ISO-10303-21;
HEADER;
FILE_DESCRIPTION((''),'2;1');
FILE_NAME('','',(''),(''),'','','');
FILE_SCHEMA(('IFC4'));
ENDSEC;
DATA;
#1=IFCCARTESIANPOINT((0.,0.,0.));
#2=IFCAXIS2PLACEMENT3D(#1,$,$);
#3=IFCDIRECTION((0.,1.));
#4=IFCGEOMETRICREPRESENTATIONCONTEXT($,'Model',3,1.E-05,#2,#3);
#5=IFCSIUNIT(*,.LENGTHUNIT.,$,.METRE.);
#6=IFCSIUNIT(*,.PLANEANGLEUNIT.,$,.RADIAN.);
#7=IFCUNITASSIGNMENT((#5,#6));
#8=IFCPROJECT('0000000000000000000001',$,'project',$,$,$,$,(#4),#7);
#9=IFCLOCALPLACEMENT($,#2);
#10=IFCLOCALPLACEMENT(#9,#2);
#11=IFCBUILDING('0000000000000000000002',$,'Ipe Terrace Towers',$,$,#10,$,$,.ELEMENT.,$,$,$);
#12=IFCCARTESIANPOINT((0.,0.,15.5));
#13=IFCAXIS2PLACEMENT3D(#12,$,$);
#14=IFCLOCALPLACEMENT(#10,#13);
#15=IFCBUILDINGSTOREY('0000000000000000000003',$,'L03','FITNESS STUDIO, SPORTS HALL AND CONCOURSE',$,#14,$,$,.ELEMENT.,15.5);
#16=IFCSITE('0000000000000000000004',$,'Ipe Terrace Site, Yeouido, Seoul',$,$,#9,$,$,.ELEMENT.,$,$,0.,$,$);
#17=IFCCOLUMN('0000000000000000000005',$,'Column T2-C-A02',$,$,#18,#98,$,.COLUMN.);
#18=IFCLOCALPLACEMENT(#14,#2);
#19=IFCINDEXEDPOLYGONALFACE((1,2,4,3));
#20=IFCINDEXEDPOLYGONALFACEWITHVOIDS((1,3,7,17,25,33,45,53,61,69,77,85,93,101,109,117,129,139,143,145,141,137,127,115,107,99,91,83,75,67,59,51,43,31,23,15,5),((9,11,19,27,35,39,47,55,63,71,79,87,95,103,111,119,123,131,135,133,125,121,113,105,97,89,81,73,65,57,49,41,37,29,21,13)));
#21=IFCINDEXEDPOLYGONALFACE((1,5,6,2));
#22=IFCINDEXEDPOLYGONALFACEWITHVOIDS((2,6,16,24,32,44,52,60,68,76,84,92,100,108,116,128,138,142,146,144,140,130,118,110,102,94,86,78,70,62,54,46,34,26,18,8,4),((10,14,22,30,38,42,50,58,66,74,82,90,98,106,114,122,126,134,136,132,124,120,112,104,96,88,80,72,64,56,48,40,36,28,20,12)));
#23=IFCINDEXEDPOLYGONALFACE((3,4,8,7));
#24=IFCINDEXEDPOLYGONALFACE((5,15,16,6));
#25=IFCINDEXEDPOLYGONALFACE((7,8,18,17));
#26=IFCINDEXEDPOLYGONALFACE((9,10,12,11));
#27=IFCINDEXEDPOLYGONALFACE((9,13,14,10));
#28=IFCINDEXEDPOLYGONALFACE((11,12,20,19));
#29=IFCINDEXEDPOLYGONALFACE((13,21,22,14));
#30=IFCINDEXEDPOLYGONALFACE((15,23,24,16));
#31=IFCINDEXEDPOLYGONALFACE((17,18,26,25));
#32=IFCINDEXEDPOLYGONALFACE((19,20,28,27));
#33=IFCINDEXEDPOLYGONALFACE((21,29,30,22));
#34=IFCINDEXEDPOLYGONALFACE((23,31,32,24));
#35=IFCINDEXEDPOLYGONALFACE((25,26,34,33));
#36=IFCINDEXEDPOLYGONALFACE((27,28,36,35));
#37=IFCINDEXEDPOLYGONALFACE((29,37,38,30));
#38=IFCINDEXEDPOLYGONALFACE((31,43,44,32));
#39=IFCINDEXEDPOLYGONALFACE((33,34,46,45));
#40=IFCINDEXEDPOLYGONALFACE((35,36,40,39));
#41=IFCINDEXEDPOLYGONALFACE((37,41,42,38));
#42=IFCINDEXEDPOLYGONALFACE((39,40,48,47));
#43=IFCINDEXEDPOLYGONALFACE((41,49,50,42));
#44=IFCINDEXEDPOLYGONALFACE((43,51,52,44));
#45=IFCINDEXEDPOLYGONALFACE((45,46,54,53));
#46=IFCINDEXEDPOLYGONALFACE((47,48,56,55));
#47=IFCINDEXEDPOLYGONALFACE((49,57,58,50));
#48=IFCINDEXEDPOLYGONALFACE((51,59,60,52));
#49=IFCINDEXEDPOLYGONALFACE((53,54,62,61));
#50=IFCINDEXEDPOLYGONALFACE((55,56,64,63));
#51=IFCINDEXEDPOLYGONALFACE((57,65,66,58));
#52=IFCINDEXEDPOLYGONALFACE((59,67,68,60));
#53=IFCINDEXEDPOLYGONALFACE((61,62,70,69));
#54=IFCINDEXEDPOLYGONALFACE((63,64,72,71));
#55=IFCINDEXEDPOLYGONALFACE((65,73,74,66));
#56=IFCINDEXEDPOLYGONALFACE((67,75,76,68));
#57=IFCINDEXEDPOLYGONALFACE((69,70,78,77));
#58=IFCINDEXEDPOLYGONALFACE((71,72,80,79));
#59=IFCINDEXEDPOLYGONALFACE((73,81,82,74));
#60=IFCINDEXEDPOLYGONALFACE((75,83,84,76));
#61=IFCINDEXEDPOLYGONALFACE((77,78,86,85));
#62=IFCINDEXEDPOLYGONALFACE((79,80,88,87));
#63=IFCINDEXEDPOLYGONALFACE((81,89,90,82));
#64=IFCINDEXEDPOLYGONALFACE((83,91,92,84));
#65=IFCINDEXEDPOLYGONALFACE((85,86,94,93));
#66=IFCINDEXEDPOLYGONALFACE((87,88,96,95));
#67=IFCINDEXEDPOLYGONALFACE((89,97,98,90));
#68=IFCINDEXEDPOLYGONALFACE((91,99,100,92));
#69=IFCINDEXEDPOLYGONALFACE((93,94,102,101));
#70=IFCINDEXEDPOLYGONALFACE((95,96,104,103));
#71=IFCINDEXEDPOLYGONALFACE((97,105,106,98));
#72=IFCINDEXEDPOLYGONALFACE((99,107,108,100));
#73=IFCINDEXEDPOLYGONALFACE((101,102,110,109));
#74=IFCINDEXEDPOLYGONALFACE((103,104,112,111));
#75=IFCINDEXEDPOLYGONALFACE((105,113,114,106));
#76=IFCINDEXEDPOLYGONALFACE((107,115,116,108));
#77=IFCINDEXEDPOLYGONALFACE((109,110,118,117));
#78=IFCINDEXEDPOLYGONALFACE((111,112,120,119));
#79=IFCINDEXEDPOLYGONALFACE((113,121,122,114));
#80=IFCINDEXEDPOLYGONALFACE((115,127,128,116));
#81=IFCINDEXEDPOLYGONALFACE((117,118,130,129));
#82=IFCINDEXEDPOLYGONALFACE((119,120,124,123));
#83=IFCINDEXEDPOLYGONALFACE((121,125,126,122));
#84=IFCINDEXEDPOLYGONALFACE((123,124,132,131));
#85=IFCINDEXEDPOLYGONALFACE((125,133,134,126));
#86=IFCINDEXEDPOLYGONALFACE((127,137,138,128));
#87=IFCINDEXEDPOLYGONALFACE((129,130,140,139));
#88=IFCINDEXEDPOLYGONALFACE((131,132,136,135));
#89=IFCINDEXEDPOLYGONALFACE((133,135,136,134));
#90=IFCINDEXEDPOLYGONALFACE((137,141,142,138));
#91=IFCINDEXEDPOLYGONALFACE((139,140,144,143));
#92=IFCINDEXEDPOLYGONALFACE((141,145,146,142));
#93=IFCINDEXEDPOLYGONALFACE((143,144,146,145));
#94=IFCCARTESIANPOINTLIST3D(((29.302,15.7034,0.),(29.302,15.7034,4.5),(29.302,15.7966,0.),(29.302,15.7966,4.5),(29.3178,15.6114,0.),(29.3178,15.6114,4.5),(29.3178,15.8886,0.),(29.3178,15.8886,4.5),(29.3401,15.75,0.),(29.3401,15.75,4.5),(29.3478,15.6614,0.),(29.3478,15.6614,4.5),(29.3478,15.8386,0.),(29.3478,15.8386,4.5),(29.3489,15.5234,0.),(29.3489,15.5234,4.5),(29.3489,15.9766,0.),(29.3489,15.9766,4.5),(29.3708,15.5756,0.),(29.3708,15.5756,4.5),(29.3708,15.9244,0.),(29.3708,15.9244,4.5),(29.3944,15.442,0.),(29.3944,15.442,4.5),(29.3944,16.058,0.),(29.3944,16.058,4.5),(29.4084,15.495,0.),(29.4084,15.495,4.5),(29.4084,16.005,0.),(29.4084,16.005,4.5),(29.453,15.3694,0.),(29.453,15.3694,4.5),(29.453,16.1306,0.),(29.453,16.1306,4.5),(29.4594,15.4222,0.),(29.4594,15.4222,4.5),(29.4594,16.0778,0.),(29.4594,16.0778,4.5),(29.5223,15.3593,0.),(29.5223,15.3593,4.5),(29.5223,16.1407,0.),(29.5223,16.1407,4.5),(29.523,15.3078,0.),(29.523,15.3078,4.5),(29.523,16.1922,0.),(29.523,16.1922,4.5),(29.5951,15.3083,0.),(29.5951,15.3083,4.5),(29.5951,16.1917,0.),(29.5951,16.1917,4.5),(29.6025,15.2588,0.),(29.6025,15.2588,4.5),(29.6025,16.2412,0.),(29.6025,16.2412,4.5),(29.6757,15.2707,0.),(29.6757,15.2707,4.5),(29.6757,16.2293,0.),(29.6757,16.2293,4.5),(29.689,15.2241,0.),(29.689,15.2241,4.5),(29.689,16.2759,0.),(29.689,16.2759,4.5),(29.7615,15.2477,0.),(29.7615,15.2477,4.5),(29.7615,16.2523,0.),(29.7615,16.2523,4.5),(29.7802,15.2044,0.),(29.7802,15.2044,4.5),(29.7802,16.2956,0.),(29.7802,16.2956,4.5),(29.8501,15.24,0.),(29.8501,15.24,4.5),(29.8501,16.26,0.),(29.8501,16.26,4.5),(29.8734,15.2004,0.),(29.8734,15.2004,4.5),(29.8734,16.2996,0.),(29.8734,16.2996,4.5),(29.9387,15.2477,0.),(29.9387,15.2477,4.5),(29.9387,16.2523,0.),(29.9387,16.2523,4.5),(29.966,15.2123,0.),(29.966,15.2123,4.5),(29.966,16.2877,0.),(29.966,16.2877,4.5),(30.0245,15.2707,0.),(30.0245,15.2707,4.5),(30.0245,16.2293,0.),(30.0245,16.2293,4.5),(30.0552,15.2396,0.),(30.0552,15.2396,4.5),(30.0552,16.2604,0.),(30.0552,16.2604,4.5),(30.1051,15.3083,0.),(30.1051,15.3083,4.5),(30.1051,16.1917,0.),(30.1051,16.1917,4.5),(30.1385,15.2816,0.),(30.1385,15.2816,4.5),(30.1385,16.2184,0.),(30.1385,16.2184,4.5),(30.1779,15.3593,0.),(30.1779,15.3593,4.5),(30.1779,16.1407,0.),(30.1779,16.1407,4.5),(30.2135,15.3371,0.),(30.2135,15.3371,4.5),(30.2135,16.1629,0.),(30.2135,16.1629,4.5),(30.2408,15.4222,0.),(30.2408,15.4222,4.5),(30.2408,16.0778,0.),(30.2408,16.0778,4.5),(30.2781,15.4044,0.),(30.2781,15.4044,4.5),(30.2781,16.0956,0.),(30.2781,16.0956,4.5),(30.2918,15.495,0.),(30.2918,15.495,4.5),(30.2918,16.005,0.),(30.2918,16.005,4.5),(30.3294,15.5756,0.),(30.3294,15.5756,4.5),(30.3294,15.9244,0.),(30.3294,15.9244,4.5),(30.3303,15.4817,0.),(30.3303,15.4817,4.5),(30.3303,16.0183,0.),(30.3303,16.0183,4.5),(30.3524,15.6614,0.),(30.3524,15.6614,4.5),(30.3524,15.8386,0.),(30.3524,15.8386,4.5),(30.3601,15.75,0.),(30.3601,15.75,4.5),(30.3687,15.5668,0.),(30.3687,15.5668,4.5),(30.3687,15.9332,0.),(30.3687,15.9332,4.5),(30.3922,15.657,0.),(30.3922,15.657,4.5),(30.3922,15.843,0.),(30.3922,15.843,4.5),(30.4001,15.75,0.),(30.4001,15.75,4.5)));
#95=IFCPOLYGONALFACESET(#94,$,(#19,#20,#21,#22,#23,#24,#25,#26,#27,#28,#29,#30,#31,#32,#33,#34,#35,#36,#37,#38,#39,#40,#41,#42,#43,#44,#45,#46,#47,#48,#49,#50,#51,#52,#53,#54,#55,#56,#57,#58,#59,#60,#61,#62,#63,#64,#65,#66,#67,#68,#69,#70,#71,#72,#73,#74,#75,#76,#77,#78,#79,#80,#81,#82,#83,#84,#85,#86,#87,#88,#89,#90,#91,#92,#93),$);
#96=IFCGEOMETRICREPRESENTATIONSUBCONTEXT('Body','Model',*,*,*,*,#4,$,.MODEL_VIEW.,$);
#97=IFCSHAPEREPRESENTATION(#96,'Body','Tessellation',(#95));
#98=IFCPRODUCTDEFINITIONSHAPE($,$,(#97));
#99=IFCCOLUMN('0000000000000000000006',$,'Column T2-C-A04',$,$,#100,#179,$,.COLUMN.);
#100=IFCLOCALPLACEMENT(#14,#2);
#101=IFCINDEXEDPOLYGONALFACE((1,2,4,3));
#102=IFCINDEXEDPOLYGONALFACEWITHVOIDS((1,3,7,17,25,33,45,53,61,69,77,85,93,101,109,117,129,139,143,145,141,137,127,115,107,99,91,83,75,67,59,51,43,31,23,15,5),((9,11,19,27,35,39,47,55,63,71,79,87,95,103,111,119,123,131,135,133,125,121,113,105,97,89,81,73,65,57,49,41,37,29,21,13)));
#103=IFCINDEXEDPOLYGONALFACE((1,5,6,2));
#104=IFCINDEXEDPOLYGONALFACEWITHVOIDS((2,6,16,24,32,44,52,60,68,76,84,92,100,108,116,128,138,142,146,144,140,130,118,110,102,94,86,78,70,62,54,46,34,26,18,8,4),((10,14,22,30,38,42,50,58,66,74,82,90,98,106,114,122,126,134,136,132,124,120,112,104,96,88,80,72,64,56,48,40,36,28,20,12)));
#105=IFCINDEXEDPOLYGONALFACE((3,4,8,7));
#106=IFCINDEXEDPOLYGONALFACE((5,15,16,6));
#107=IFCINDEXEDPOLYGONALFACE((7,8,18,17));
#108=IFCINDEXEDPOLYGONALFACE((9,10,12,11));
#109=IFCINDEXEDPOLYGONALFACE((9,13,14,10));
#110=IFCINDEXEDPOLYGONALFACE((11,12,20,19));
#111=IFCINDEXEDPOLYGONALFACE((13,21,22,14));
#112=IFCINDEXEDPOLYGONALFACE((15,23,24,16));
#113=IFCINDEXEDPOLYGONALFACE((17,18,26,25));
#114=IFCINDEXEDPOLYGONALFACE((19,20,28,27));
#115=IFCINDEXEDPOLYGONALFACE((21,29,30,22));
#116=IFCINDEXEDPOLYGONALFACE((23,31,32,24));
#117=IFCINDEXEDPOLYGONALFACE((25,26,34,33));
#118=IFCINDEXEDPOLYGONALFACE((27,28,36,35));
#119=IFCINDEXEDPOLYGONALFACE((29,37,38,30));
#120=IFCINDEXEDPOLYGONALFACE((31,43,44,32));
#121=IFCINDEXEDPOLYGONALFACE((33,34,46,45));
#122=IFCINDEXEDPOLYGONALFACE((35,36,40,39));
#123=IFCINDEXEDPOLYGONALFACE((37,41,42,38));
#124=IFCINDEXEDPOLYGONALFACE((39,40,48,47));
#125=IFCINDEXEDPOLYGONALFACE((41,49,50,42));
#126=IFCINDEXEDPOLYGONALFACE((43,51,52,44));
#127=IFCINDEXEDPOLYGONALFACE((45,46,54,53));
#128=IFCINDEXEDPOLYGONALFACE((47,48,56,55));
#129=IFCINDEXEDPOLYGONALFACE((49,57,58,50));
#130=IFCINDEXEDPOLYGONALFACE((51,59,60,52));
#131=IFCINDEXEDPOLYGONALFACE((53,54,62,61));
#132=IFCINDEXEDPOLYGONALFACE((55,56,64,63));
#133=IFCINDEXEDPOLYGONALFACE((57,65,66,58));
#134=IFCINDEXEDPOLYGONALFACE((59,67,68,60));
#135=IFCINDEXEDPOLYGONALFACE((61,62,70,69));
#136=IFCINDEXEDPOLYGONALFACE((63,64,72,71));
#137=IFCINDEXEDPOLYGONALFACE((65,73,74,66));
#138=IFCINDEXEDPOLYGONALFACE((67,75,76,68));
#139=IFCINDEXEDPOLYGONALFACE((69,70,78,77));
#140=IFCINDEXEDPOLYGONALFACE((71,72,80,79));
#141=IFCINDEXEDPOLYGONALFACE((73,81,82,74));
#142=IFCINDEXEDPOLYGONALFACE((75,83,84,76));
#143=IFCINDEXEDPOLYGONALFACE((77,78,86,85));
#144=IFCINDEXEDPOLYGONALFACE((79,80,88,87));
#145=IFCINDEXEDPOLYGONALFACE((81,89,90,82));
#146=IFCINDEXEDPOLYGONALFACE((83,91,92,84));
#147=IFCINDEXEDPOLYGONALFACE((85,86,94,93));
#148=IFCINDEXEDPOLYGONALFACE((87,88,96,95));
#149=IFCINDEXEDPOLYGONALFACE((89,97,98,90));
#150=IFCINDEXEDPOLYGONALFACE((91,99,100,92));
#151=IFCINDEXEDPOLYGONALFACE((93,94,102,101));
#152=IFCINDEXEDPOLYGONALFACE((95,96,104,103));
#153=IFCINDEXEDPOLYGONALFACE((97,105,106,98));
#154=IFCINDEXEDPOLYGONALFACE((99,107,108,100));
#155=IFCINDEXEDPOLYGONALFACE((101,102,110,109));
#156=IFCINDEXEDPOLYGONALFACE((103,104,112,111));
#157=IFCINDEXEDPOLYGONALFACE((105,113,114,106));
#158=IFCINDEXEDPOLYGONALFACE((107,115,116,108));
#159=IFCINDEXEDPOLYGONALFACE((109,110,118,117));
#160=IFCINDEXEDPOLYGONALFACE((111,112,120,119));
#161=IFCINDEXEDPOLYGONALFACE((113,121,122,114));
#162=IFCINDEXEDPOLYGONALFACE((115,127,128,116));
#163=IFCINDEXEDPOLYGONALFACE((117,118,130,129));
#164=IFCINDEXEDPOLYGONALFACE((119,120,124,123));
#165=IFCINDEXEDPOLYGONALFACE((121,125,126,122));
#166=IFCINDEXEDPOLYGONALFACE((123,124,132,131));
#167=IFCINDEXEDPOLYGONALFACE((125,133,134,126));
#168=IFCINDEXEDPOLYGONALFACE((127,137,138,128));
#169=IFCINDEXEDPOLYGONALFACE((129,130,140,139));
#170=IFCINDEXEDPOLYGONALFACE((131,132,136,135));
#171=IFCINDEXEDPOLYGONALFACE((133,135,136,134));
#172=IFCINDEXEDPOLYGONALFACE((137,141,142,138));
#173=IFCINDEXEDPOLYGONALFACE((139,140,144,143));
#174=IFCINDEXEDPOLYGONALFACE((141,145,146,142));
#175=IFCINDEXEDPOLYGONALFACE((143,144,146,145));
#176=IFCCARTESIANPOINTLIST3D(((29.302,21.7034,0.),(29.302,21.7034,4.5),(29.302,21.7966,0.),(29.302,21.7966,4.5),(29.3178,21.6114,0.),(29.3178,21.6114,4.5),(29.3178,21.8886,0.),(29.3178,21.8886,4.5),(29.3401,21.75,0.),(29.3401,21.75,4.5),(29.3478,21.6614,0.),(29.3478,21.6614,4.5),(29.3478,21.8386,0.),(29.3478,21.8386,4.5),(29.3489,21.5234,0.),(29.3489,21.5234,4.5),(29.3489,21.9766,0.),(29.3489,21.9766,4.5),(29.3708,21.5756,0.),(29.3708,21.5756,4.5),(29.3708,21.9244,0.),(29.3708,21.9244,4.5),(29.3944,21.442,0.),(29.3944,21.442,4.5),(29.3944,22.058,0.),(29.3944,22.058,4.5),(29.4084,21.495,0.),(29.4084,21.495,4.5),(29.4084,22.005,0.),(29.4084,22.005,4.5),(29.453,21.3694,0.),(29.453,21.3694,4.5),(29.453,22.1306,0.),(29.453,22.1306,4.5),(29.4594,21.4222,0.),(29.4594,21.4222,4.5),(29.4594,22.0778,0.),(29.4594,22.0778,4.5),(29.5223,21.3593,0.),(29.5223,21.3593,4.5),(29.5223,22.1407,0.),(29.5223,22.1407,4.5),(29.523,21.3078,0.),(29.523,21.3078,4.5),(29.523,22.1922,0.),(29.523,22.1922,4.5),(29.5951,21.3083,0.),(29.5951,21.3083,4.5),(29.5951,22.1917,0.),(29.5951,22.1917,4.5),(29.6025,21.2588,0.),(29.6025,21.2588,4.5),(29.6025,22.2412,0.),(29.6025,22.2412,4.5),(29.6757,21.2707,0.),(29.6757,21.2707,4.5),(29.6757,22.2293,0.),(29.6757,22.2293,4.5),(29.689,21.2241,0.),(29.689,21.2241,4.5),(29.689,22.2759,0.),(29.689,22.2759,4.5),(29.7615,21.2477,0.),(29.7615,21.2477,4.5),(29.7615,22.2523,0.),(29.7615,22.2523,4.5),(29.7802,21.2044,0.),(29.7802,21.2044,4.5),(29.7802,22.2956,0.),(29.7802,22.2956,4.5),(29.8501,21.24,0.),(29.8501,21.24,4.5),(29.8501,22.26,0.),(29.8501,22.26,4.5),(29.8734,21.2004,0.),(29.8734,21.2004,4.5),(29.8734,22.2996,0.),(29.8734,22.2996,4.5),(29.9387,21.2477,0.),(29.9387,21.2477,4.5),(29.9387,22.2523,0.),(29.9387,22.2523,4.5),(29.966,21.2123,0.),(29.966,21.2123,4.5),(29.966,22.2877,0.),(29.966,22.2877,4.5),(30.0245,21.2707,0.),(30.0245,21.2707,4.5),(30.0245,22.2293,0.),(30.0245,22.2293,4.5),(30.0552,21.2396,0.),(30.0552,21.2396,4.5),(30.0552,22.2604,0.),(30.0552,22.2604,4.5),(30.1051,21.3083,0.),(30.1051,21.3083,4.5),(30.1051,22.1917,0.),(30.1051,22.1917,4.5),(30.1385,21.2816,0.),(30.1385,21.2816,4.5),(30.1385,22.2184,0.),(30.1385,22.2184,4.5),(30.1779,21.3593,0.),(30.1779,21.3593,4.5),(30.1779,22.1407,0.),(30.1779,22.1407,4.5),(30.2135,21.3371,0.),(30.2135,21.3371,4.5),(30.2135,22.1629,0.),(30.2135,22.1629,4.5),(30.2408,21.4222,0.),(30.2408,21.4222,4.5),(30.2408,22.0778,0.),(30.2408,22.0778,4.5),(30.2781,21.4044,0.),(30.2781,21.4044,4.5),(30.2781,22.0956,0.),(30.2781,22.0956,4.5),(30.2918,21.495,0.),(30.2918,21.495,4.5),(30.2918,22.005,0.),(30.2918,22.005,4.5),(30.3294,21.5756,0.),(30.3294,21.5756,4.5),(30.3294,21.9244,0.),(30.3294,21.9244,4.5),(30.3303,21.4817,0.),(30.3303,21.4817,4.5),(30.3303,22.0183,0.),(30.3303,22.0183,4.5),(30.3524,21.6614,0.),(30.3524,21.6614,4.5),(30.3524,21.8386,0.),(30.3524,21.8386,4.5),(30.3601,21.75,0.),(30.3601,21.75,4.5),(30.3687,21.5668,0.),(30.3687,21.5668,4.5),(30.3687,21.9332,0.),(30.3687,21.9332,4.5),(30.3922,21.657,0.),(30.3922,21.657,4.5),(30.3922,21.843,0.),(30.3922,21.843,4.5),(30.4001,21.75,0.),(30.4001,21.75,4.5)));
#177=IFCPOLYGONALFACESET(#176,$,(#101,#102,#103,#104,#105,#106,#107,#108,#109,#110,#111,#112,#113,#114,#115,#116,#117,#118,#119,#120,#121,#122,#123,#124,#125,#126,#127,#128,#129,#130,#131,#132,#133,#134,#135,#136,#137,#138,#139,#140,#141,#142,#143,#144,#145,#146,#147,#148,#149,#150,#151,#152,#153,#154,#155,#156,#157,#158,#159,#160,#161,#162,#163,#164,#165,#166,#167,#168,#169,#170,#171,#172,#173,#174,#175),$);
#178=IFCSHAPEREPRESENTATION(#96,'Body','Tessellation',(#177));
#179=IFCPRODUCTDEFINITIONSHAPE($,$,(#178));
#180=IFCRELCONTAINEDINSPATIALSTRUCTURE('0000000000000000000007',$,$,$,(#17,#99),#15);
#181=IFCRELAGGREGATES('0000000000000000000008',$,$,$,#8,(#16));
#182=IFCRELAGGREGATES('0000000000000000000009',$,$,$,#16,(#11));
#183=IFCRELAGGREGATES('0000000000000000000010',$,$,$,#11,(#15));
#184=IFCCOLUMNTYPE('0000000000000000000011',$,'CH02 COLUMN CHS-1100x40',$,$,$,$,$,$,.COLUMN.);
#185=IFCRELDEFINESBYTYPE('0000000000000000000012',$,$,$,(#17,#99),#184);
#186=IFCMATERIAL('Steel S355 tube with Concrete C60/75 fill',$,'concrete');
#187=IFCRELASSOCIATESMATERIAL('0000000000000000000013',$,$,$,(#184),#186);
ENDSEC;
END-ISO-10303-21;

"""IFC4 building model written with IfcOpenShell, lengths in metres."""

from ifc_helpers import new_model, si_unit, direction, frame, origin, origin_2d, place, context, subcontext, project, spatial, hollow_circle, extrude, material, material_profile, profile_set, type_object, element, save


model = new_model("IFC4")

# Units and contexts
model_context = context("Model", 3, precision=1e-05, world=origin(), true_north=direction((0.0, 1.0)))
body_context = subcontext(model_context, "Body", "Model", "MODEL_VIEW")
ifc_project = project(units=[si_unit("LENGTHUNIT", "METRE"), si_unit("PLANEANGLEUNIT", "RADIAN")], contexts=[model_context])

# Site, building, storey
site_placement = place(None, origin())
site = spatial("IfcSite", under=ifc_project, at=site_placement, Name="Ipe Terrace Site, Yeouido, Seoul", CompositionType="ELEMENT", RefElevation=0.0)
building_placement = place(site_placement, origin())
building = spatial("IfcBuilding", under=site, at=building_placement, Name="Ipe Terrace Towers", CompositionType="ELEMENT")
storey_placement = place(building_placement, frame((0.0, 0.0, 15.5)))
storey = spatial("IfcBuildingStorey", under=building, at=storey_placement, Name="L03", Description="FITNESS STUDIO, SPORTS HALL AND CONCOURSE", CompositionType="ELEMENT", Elevation=15.5)

# Columns
ifc_material_1 = material(Name="Steel S355 tube with Concrete C60/75 fill", Category="concrete")
ifc_material_profile_1 = material_profile(ifc_material_1, hollow_circle(Radius=0.55, WallThickness=0.04, at=origin_2d()), Name="CHS-1100x40")
ifc_profile_set_1 = profile_set([ifc_material_profile_1], Name="Steel S355 tube with Concrete C60/75 fill")
column_type_1 = type_object("IfcColumnType", Name="CH02 COLUMN CHS-1100x40", PredefinedType="COLUMN", material=ifc_profile_set_1)
for number, where, z_axis, x_axis, name in (
    (1, (29.8501, 15.75, 0.0), (0.0, 0.0, 1.0), (1.0, 0.0, 0.0), "Column T2-C-A02"),
    (2, (29.8501, 21.75, 0.0), (0.0, 0.0, 1.0), (1.0, 0.0, 0.0), "Column T2-C-A04"),
):
    element("IfcColumn", number, at=place(storey_placement, frame(where, z_axis=z_axis, x_axis=x_axis)), inside=storey, type_object=column_type_1, Name=name, PredefinedType="COLUMN", context=body_context, shape_type="SweptSolid", body=[
        extrude(hollow_circle(Radius=0.55, WallThickness=0.04, at=origin_2d()), origin(), (0.0, 0.0, 1.0), 4.5),
    ])

save(model, "model.ifc")
